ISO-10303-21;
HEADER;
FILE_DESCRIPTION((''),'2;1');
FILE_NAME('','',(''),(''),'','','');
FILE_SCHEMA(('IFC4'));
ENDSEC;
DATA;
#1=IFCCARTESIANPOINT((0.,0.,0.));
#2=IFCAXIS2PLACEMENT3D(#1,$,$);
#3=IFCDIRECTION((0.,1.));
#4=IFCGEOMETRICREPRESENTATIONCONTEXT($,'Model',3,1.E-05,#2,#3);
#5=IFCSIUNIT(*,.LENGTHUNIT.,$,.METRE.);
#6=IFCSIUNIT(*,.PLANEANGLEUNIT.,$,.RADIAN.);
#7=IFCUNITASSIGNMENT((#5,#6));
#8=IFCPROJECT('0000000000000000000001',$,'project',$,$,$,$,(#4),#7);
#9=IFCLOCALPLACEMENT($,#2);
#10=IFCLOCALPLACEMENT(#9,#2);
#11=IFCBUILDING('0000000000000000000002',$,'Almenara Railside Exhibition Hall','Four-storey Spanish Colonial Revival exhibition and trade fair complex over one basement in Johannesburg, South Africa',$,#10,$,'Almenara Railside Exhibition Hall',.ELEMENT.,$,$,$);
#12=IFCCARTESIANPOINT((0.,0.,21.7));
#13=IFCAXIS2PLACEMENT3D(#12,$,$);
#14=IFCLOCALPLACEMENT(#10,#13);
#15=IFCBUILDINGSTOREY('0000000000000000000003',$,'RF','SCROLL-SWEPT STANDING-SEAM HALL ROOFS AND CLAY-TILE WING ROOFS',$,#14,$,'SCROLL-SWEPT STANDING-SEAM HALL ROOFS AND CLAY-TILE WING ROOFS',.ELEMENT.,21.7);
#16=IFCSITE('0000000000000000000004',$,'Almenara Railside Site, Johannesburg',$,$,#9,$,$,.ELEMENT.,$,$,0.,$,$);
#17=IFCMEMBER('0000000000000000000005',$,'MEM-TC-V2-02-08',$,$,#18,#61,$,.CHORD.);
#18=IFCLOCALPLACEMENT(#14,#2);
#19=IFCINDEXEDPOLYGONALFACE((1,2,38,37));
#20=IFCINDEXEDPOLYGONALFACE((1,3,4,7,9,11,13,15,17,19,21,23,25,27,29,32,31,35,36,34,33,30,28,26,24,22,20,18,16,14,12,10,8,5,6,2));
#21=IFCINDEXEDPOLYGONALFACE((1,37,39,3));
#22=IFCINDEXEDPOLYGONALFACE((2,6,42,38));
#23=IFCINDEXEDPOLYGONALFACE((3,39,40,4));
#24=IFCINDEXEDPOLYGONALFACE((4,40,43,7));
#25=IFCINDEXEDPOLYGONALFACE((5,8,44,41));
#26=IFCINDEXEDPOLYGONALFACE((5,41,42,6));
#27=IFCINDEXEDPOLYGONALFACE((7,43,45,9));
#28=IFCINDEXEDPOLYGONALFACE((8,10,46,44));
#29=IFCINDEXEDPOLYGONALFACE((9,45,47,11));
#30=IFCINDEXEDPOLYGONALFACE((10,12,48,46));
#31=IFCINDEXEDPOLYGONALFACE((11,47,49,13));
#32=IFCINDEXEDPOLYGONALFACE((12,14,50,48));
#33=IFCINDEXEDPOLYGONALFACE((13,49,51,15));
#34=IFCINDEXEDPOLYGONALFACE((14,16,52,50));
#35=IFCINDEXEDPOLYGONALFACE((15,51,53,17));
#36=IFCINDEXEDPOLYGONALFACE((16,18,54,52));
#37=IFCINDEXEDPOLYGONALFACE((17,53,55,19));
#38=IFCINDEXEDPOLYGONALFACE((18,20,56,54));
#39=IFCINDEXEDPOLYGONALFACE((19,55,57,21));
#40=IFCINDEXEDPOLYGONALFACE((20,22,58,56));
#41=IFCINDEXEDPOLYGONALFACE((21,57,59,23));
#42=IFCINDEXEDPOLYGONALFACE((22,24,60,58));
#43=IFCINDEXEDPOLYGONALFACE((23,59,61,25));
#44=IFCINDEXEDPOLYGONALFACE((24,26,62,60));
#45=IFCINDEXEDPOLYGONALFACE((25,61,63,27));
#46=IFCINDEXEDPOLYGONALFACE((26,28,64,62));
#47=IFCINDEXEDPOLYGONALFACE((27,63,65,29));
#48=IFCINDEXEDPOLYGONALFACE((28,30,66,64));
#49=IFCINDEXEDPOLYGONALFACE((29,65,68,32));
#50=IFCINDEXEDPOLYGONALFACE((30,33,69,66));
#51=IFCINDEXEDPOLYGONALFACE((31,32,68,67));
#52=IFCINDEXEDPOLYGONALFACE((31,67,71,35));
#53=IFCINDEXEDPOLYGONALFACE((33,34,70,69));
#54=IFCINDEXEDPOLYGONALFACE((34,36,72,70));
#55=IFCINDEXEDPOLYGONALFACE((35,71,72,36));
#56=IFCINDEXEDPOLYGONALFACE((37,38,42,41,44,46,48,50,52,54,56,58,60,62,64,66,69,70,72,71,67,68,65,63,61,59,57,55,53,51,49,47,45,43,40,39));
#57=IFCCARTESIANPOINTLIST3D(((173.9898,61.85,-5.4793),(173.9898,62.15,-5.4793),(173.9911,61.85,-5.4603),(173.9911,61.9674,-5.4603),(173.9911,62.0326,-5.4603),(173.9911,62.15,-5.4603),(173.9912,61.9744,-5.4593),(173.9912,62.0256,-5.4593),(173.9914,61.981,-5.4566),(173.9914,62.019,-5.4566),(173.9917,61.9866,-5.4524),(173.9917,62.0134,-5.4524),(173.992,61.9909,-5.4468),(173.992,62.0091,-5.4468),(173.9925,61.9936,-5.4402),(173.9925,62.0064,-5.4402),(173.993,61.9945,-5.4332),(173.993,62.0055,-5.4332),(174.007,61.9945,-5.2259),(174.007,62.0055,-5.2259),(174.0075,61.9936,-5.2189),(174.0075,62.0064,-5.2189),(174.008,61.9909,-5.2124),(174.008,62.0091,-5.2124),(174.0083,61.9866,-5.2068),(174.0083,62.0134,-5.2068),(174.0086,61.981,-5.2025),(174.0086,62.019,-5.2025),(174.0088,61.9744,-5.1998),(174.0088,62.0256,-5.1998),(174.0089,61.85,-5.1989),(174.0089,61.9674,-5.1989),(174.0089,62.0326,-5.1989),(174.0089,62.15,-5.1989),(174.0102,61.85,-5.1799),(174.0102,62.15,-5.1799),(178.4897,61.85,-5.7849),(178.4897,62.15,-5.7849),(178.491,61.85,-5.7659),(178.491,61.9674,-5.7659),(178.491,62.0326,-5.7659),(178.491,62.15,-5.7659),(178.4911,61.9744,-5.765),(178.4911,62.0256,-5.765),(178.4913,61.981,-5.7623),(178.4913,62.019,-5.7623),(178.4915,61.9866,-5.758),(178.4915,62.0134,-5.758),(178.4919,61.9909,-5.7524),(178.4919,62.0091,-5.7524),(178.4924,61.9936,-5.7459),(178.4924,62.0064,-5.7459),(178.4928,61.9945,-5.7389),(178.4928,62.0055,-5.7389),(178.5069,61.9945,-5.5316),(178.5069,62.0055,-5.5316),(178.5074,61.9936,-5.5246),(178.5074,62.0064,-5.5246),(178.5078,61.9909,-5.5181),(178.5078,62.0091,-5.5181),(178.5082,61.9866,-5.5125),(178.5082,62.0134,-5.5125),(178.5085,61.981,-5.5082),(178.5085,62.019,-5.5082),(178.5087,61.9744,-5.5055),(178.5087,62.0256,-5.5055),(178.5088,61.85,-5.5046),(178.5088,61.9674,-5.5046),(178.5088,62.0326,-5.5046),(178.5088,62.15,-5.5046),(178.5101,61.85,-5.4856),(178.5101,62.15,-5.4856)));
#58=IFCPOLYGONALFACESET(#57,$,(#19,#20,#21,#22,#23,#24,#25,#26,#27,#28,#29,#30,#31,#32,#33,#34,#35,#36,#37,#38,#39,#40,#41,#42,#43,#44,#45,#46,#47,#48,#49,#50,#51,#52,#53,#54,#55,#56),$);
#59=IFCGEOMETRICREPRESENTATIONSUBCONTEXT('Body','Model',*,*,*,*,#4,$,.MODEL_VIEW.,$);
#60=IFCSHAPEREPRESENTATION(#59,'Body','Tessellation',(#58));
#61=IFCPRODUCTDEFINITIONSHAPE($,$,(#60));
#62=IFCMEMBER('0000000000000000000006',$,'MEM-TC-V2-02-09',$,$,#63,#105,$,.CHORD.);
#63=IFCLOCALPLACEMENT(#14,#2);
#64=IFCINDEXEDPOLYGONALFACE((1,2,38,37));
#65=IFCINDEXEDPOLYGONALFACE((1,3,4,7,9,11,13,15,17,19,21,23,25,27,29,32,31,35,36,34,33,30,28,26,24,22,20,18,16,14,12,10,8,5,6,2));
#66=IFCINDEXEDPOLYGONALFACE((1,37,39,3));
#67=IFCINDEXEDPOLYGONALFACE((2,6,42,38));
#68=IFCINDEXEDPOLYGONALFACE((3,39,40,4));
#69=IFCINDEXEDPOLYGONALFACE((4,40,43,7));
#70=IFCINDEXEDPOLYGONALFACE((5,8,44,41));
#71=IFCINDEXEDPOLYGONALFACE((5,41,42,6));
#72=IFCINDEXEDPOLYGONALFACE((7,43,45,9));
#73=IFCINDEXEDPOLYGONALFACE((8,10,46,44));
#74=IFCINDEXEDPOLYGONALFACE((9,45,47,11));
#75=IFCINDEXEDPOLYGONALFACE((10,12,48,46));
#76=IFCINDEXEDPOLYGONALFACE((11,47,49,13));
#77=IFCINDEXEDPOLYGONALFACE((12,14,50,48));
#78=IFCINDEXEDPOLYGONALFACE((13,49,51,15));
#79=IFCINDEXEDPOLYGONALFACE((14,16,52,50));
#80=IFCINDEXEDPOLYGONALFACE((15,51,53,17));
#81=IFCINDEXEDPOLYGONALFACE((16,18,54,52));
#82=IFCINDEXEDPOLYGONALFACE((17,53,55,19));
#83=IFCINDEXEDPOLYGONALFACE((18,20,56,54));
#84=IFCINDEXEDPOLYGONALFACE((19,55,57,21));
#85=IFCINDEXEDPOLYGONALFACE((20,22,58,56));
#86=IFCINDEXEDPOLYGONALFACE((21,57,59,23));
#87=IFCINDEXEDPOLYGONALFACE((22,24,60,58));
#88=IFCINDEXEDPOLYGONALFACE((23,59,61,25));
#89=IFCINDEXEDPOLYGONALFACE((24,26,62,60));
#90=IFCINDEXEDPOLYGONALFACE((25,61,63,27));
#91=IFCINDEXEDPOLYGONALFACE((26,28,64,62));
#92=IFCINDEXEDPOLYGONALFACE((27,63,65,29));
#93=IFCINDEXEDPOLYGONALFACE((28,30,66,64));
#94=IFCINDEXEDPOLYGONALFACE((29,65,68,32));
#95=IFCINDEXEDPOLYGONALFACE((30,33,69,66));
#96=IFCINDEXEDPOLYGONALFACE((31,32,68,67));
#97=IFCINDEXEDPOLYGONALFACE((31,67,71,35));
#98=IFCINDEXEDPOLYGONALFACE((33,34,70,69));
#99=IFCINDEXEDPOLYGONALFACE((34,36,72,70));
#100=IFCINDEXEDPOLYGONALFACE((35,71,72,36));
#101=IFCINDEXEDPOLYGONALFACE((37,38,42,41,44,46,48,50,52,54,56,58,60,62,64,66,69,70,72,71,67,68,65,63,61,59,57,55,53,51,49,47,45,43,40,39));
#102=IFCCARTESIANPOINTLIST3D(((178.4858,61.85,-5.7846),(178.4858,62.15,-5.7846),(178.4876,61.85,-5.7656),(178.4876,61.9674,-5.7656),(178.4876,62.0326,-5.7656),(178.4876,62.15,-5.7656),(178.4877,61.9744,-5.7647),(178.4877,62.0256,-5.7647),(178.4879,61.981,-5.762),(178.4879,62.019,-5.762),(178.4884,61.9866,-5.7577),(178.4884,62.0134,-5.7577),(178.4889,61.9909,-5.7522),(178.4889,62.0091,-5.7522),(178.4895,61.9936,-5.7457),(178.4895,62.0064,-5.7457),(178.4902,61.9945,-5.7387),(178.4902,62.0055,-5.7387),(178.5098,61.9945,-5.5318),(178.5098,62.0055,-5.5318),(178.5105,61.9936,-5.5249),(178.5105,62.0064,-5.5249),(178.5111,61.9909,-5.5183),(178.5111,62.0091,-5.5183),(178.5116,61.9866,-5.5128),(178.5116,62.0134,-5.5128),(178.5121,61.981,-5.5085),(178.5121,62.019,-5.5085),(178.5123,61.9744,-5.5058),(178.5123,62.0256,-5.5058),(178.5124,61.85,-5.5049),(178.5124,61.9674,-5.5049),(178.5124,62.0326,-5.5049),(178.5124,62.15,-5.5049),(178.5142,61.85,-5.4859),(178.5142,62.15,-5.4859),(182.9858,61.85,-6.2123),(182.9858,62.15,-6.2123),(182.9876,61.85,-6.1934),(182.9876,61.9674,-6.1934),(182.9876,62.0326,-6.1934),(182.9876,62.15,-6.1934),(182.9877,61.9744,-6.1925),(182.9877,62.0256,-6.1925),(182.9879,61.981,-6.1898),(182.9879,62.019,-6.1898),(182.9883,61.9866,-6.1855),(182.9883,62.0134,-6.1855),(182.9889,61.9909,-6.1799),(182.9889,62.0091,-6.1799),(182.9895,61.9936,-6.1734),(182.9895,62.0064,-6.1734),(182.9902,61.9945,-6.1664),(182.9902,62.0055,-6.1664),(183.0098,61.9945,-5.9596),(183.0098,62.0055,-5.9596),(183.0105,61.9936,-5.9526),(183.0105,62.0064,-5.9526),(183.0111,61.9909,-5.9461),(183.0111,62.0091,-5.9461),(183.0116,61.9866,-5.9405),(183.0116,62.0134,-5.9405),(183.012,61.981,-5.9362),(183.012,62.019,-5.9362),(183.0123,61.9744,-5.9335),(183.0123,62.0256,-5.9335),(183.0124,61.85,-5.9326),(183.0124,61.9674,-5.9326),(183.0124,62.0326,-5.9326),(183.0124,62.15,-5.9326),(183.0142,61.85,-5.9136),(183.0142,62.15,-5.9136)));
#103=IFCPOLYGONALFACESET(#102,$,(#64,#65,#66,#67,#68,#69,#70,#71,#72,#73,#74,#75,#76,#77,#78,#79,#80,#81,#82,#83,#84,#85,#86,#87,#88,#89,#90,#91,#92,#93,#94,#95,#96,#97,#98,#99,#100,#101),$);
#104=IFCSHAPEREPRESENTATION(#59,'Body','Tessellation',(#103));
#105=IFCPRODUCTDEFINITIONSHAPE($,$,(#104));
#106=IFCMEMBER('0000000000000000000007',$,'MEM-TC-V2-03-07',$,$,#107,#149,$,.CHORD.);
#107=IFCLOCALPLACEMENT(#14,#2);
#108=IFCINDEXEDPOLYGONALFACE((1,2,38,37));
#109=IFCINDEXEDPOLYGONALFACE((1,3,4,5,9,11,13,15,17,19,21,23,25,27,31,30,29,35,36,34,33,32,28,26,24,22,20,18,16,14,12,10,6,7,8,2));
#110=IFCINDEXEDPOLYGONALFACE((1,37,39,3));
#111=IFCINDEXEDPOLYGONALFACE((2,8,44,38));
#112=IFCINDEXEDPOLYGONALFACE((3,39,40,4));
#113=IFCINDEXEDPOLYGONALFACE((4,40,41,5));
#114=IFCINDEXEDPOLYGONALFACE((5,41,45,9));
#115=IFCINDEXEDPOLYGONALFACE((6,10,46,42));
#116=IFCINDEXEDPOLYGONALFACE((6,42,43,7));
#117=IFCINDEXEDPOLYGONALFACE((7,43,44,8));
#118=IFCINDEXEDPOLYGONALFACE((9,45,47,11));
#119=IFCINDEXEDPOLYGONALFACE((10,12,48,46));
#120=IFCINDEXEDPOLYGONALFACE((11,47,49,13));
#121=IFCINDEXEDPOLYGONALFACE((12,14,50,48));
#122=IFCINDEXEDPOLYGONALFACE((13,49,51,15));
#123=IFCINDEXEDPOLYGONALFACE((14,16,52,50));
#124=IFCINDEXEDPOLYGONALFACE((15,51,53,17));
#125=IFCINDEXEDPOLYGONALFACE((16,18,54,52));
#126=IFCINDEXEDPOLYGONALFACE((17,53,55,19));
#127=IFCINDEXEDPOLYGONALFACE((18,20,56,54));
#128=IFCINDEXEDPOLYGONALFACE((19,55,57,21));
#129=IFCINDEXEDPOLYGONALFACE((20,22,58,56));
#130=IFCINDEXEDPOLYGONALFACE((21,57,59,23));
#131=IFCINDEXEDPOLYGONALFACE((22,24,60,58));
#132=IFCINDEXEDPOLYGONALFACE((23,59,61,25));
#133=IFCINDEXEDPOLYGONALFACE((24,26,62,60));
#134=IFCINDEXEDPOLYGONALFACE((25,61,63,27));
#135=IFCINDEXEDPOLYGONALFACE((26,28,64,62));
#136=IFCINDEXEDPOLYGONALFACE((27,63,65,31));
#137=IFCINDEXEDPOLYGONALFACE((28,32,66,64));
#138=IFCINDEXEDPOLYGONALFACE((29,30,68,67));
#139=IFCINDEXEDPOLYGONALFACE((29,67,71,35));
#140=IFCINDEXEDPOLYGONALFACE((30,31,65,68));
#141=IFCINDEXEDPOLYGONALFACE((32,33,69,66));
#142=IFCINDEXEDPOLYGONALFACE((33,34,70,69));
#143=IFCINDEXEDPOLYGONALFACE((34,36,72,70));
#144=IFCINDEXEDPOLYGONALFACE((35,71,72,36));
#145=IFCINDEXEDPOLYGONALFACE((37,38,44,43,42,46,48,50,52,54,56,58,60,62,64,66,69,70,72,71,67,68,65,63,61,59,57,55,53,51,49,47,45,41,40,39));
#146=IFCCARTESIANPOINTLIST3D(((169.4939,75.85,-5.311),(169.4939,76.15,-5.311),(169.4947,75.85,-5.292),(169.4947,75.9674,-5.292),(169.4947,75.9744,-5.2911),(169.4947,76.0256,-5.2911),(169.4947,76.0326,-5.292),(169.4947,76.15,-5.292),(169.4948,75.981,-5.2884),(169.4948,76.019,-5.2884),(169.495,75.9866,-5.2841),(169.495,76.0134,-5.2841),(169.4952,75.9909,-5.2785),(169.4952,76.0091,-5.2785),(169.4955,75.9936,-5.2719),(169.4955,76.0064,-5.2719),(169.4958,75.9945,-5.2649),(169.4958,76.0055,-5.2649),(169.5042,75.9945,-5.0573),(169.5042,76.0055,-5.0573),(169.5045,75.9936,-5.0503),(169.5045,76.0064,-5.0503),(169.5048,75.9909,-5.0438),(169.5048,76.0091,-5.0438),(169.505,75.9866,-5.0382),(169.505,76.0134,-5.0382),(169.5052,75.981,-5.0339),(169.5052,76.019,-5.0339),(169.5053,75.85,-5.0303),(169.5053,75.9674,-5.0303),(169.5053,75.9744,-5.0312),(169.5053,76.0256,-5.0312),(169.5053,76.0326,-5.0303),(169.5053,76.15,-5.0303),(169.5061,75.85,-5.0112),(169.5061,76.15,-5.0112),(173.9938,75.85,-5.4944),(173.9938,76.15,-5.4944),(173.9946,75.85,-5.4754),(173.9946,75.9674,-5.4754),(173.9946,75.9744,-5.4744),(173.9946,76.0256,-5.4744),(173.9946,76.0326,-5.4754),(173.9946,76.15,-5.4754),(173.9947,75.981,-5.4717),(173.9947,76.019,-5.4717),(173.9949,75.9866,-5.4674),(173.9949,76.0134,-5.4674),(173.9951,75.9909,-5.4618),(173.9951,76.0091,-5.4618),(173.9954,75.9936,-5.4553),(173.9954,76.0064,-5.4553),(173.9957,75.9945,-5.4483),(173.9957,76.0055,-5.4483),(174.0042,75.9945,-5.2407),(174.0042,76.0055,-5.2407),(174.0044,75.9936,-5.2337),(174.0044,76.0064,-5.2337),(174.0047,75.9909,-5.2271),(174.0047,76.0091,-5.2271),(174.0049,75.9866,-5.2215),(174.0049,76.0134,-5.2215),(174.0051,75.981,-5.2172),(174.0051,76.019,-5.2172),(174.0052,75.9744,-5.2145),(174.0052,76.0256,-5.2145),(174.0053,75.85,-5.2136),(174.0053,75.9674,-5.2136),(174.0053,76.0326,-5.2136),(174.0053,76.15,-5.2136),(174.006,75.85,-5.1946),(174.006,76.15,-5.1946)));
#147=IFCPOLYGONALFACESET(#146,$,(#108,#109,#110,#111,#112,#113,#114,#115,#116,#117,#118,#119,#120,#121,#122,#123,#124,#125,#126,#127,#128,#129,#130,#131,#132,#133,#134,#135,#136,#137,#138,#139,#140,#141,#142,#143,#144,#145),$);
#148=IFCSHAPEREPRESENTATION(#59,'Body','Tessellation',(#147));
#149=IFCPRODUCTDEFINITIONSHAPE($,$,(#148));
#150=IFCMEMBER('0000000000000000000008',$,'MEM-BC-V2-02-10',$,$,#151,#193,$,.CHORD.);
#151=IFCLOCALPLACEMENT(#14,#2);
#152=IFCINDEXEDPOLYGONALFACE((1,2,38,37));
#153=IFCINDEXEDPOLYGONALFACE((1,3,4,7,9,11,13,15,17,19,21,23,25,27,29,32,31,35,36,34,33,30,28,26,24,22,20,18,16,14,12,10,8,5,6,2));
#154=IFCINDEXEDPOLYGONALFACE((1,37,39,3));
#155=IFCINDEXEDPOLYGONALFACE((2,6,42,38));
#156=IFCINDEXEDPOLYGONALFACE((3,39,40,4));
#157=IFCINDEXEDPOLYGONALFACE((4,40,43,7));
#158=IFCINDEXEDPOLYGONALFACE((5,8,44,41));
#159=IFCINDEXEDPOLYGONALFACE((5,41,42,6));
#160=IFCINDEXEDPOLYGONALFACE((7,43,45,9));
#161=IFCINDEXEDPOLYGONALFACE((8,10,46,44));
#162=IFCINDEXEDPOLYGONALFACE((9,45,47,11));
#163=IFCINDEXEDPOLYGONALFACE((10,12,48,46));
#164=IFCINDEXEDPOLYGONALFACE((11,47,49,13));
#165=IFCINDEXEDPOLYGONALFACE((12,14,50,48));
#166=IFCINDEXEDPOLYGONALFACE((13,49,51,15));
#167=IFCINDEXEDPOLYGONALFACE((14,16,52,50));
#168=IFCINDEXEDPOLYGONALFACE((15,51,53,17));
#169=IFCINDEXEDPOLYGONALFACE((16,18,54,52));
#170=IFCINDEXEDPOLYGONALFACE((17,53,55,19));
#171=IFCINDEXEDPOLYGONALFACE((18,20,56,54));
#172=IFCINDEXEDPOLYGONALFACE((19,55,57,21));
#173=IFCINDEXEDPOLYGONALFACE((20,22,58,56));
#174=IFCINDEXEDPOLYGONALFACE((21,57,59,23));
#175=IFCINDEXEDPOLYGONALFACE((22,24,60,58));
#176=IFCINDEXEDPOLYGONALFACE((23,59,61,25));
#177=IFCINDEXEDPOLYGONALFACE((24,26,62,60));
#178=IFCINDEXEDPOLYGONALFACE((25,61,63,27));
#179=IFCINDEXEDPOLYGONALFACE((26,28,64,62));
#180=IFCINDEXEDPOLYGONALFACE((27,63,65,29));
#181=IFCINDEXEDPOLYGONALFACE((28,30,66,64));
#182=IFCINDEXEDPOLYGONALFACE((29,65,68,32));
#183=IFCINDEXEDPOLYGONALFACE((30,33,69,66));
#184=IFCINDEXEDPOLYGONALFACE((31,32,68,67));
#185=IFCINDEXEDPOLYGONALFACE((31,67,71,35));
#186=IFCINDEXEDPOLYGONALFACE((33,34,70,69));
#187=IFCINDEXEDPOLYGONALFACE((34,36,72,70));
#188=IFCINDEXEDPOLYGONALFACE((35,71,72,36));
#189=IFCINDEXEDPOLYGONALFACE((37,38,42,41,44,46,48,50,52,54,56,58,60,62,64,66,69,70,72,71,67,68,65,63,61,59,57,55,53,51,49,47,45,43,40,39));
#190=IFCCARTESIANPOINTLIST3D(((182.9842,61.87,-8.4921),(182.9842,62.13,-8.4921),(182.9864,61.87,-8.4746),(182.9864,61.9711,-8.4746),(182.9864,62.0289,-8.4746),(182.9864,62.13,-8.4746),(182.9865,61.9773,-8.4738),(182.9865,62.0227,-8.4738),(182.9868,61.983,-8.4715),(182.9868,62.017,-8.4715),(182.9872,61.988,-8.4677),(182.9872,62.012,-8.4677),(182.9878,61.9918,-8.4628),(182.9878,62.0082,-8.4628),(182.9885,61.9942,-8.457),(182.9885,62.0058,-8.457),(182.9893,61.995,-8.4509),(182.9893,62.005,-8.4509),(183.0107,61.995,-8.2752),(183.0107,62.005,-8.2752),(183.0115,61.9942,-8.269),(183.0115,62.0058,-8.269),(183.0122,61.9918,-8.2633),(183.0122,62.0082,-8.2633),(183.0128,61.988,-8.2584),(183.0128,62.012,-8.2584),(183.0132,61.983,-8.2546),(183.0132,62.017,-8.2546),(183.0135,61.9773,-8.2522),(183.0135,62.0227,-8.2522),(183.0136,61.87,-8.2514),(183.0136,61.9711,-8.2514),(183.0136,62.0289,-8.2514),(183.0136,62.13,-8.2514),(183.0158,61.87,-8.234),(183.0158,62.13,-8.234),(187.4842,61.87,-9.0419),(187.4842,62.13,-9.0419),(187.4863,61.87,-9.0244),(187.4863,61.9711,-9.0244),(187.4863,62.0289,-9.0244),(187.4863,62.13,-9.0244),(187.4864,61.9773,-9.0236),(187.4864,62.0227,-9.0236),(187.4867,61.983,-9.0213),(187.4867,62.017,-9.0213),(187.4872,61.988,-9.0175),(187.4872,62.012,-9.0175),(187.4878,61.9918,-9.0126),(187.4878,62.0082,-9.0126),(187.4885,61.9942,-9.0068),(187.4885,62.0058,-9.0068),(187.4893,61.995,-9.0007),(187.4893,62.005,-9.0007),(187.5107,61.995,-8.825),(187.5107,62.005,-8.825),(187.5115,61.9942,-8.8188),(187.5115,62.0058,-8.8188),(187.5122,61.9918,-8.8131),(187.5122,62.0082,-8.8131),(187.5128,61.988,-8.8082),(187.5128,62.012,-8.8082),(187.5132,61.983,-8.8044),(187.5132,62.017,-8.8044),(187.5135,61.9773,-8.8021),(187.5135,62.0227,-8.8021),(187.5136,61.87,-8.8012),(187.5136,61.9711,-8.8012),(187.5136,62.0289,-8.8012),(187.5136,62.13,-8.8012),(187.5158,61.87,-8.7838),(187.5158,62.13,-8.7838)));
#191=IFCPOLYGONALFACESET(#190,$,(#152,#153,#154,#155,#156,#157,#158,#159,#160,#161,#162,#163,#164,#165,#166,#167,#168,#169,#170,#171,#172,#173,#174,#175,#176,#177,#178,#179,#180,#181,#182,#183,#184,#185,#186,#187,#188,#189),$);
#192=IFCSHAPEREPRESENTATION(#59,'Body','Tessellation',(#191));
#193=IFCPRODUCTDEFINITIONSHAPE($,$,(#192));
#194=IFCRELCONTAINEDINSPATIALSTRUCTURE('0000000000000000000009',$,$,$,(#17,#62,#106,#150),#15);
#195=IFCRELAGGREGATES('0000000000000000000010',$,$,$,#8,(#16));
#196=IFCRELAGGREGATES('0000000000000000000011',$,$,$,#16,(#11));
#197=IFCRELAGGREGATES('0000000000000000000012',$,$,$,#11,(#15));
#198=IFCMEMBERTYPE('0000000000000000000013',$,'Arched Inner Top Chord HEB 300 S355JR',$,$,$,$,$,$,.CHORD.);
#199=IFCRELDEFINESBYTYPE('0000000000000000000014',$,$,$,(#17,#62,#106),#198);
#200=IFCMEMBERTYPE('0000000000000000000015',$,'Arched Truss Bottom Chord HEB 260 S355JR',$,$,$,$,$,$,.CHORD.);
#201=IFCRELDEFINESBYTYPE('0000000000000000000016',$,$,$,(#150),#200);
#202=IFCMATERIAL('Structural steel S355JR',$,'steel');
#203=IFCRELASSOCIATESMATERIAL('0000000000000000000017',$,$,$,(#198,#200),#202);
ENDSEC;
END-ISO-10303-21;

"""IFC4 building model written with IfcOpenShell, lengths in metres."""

from ifc_helpers import new_model, si_unit, direction, frame, origin, origin_2d, place, context, subcontext, project, spatial, i_section, extrude, material, material_profile, profile_set, type_object, element, save


model = new_model("IFC4")

# Units and contexts
model_context = context("Model", 3, precision=1e-05, world=origin(), true_north=direction((0.0, 1.0)))
body_context = subcontext(model_context, "Body", "Model", "MODEL_VIEW")
ifc_project = project(units=[si_unit("LENGTHUNIT", "METRE"), si_unit("PLANEANGLEUNIT", "RADIAN")], contexts=[model_context])

# Site, building, storey
site_placement = place(None, origin())
site = spatial("IfcSite", under=ifc_project, at=site_placement, Name="Almenara Railside Site, Johannesburg", CompositionType="ELEMENT", RefElevation=0.0)
building_placement = place(site_placement, origin())
building = spatial("IfcBuilding", under=site, at=building_placement, Name="Almenara Railside Exhibition Hall", Description="Four-storey Spanish Colonial Revival exhibition and trade fair complex over one basement in Johannesburg, South Africa", LongName="Almenara Railside Exhibition Hall", CompositionType="ELEMENT")
storey_placement = place(building_placement, frame((0.0, 0.0, 21.7)))
storey = spatial("IfcBuildingStorey", under=building, at=storey_placement, Name="RF", Description="SCROLL-SWEPT STANDING-SEAM HALL ROOFS AND CLAY-TILE WING ROOFS", LongName="SCROLL-SWEPT STANDING-SEAM HALL ROOFS AND CLAY-TILE WING ROOFS", CompositionType="ELEMENT", Elevation=21.7)

# Members
ifc_material_1 = material(Name="Structural steel S355JR", Category="steel")
ifc_material_profile_1 = material_profile(ifc_material_1, i_section(OverallWidth=0.3, OverallDepth=0.3, WebThickness=0.011, FlangeThickness=0.019, FilletRadius=0.0271, at=origin_2d()), Name="HEB 300")
ifc_profile_set_1 = profile_set([ifc_material_profile_1], Name="Structural steel S355JR")
member_type_1 = type_object("IfcMemberType", Name="Arched Inner Top Chord HEB 300 S355JR", PredefinedType="CHORD", material=ifc_profile_set_1)
member_1_placement = place(storey_placement, frame((174.0, 62.0, -5.3296), z_axis=(0.997701, 0.0, -0.067769), x_axis=(0.0, 1.0, 0.0)))
element("IfcMember", 1, at=member_1_placement, inside=storey, type_object=member_type_1, Name="MEM-TC-V2-02-08", PredefinedType="CHORD", context=body_context, shape_type="SweptSolid", body=[
    extrude(i_section(OverallWidth=0.3, OverallDepth=0.3, WebThickness=0.011, FlangeThickness=0.019, FilletRadius=0.0271, at=origin_2d()), origin(), (0.0, 0.0, 1.0), 4.5103),
])
member_2_placement = place(storey_placement, frame((178.5, 62.0, -5.6353), z_axis=(0.995513, 0.0, -0.094626), x_axis=(0.0, 1.0, 0.0)))
element("IfcMember", 2, at=member_2_placement, inside=storey, type_object=member_type_1, Name="MEM-TC-V2-02-09", PredefinedType="CHORD", context=body_context, shape_type="SweptSolid", body=[
    extrude(i_section(OverallWidth=0.3, OverallDepth=0.3, WebThickness=0.011, FlangeThickness=0.019, FilletRadius=0.0271, at=origin_2d()), origin(), (0.0, 0.0, 1.0), 4.5203),
])
member_3_placement = place(storey_placement, frame((169.5, 76.0, -5.1611), z_axis=(0.999171, 0.0, -0.040711), x_axis=(0.0, 1.0, 0.0)))
element("IfcMember", 3, at=member_3_placement, inside=storey, type_object=member_type_1, Name="MEM-TC-V2-03-07", PredefinedType="CHORD", context=body_context, shape_type="SweptSolid", body=[
    extrude(i_section(OverallWidth=0.3, OverallDepth=0.3, WebThickness=0.011, FlangeThickness=0.019, FilletRadius=0.0271, at=origin_2d()), origin(), (0.0, 0.0, 1.0), 4.5037),
])
ifc_material_profile_2 = material_profile(ifc_material_1, i_section(OverallWidth=0.26, OverallDepth=0.26, WebThickness=0.01, FlangeThickness=0.0176, FilletRadius=0.0239, at=origin_2d()), Name="HEB 260")
ifc_profile_set_2 = profile_set([ifc_material_profile_2], Name="Structural steel S355JR")
member_type_2 = type_object("IfcMemberType", Name="Arched Truss Bottom Chord HEB 260 S355JR", PredefinedType="CHORD", material=ifc_profile_set_2)
member_4_placement = place(storey_placement, frame((183.0, 62.0, -8.363), z_axis=(0.992619, 0.0, -0.121277), x_axis=(0.0, 1.0, 0.0)))
element("IfcMember", 4, at=member_4_placement, inside=storey, type_object=member_type_2, Name="MEM-BC-V2-02-10", PredefinedType="CHORD", context=body_context, shape_type="SweptSolid", body=[
    extrude(i_section(OverallWidth=0.26, OverallDepth=0.26, WebThickness=0.01, FlangeThickness=0.0176, FilletRadius=0.0239, at=origin_2d()), origin(), (0.0, 0.0, 1.0), 4.5334),
])

save(model, "model.ifc")
